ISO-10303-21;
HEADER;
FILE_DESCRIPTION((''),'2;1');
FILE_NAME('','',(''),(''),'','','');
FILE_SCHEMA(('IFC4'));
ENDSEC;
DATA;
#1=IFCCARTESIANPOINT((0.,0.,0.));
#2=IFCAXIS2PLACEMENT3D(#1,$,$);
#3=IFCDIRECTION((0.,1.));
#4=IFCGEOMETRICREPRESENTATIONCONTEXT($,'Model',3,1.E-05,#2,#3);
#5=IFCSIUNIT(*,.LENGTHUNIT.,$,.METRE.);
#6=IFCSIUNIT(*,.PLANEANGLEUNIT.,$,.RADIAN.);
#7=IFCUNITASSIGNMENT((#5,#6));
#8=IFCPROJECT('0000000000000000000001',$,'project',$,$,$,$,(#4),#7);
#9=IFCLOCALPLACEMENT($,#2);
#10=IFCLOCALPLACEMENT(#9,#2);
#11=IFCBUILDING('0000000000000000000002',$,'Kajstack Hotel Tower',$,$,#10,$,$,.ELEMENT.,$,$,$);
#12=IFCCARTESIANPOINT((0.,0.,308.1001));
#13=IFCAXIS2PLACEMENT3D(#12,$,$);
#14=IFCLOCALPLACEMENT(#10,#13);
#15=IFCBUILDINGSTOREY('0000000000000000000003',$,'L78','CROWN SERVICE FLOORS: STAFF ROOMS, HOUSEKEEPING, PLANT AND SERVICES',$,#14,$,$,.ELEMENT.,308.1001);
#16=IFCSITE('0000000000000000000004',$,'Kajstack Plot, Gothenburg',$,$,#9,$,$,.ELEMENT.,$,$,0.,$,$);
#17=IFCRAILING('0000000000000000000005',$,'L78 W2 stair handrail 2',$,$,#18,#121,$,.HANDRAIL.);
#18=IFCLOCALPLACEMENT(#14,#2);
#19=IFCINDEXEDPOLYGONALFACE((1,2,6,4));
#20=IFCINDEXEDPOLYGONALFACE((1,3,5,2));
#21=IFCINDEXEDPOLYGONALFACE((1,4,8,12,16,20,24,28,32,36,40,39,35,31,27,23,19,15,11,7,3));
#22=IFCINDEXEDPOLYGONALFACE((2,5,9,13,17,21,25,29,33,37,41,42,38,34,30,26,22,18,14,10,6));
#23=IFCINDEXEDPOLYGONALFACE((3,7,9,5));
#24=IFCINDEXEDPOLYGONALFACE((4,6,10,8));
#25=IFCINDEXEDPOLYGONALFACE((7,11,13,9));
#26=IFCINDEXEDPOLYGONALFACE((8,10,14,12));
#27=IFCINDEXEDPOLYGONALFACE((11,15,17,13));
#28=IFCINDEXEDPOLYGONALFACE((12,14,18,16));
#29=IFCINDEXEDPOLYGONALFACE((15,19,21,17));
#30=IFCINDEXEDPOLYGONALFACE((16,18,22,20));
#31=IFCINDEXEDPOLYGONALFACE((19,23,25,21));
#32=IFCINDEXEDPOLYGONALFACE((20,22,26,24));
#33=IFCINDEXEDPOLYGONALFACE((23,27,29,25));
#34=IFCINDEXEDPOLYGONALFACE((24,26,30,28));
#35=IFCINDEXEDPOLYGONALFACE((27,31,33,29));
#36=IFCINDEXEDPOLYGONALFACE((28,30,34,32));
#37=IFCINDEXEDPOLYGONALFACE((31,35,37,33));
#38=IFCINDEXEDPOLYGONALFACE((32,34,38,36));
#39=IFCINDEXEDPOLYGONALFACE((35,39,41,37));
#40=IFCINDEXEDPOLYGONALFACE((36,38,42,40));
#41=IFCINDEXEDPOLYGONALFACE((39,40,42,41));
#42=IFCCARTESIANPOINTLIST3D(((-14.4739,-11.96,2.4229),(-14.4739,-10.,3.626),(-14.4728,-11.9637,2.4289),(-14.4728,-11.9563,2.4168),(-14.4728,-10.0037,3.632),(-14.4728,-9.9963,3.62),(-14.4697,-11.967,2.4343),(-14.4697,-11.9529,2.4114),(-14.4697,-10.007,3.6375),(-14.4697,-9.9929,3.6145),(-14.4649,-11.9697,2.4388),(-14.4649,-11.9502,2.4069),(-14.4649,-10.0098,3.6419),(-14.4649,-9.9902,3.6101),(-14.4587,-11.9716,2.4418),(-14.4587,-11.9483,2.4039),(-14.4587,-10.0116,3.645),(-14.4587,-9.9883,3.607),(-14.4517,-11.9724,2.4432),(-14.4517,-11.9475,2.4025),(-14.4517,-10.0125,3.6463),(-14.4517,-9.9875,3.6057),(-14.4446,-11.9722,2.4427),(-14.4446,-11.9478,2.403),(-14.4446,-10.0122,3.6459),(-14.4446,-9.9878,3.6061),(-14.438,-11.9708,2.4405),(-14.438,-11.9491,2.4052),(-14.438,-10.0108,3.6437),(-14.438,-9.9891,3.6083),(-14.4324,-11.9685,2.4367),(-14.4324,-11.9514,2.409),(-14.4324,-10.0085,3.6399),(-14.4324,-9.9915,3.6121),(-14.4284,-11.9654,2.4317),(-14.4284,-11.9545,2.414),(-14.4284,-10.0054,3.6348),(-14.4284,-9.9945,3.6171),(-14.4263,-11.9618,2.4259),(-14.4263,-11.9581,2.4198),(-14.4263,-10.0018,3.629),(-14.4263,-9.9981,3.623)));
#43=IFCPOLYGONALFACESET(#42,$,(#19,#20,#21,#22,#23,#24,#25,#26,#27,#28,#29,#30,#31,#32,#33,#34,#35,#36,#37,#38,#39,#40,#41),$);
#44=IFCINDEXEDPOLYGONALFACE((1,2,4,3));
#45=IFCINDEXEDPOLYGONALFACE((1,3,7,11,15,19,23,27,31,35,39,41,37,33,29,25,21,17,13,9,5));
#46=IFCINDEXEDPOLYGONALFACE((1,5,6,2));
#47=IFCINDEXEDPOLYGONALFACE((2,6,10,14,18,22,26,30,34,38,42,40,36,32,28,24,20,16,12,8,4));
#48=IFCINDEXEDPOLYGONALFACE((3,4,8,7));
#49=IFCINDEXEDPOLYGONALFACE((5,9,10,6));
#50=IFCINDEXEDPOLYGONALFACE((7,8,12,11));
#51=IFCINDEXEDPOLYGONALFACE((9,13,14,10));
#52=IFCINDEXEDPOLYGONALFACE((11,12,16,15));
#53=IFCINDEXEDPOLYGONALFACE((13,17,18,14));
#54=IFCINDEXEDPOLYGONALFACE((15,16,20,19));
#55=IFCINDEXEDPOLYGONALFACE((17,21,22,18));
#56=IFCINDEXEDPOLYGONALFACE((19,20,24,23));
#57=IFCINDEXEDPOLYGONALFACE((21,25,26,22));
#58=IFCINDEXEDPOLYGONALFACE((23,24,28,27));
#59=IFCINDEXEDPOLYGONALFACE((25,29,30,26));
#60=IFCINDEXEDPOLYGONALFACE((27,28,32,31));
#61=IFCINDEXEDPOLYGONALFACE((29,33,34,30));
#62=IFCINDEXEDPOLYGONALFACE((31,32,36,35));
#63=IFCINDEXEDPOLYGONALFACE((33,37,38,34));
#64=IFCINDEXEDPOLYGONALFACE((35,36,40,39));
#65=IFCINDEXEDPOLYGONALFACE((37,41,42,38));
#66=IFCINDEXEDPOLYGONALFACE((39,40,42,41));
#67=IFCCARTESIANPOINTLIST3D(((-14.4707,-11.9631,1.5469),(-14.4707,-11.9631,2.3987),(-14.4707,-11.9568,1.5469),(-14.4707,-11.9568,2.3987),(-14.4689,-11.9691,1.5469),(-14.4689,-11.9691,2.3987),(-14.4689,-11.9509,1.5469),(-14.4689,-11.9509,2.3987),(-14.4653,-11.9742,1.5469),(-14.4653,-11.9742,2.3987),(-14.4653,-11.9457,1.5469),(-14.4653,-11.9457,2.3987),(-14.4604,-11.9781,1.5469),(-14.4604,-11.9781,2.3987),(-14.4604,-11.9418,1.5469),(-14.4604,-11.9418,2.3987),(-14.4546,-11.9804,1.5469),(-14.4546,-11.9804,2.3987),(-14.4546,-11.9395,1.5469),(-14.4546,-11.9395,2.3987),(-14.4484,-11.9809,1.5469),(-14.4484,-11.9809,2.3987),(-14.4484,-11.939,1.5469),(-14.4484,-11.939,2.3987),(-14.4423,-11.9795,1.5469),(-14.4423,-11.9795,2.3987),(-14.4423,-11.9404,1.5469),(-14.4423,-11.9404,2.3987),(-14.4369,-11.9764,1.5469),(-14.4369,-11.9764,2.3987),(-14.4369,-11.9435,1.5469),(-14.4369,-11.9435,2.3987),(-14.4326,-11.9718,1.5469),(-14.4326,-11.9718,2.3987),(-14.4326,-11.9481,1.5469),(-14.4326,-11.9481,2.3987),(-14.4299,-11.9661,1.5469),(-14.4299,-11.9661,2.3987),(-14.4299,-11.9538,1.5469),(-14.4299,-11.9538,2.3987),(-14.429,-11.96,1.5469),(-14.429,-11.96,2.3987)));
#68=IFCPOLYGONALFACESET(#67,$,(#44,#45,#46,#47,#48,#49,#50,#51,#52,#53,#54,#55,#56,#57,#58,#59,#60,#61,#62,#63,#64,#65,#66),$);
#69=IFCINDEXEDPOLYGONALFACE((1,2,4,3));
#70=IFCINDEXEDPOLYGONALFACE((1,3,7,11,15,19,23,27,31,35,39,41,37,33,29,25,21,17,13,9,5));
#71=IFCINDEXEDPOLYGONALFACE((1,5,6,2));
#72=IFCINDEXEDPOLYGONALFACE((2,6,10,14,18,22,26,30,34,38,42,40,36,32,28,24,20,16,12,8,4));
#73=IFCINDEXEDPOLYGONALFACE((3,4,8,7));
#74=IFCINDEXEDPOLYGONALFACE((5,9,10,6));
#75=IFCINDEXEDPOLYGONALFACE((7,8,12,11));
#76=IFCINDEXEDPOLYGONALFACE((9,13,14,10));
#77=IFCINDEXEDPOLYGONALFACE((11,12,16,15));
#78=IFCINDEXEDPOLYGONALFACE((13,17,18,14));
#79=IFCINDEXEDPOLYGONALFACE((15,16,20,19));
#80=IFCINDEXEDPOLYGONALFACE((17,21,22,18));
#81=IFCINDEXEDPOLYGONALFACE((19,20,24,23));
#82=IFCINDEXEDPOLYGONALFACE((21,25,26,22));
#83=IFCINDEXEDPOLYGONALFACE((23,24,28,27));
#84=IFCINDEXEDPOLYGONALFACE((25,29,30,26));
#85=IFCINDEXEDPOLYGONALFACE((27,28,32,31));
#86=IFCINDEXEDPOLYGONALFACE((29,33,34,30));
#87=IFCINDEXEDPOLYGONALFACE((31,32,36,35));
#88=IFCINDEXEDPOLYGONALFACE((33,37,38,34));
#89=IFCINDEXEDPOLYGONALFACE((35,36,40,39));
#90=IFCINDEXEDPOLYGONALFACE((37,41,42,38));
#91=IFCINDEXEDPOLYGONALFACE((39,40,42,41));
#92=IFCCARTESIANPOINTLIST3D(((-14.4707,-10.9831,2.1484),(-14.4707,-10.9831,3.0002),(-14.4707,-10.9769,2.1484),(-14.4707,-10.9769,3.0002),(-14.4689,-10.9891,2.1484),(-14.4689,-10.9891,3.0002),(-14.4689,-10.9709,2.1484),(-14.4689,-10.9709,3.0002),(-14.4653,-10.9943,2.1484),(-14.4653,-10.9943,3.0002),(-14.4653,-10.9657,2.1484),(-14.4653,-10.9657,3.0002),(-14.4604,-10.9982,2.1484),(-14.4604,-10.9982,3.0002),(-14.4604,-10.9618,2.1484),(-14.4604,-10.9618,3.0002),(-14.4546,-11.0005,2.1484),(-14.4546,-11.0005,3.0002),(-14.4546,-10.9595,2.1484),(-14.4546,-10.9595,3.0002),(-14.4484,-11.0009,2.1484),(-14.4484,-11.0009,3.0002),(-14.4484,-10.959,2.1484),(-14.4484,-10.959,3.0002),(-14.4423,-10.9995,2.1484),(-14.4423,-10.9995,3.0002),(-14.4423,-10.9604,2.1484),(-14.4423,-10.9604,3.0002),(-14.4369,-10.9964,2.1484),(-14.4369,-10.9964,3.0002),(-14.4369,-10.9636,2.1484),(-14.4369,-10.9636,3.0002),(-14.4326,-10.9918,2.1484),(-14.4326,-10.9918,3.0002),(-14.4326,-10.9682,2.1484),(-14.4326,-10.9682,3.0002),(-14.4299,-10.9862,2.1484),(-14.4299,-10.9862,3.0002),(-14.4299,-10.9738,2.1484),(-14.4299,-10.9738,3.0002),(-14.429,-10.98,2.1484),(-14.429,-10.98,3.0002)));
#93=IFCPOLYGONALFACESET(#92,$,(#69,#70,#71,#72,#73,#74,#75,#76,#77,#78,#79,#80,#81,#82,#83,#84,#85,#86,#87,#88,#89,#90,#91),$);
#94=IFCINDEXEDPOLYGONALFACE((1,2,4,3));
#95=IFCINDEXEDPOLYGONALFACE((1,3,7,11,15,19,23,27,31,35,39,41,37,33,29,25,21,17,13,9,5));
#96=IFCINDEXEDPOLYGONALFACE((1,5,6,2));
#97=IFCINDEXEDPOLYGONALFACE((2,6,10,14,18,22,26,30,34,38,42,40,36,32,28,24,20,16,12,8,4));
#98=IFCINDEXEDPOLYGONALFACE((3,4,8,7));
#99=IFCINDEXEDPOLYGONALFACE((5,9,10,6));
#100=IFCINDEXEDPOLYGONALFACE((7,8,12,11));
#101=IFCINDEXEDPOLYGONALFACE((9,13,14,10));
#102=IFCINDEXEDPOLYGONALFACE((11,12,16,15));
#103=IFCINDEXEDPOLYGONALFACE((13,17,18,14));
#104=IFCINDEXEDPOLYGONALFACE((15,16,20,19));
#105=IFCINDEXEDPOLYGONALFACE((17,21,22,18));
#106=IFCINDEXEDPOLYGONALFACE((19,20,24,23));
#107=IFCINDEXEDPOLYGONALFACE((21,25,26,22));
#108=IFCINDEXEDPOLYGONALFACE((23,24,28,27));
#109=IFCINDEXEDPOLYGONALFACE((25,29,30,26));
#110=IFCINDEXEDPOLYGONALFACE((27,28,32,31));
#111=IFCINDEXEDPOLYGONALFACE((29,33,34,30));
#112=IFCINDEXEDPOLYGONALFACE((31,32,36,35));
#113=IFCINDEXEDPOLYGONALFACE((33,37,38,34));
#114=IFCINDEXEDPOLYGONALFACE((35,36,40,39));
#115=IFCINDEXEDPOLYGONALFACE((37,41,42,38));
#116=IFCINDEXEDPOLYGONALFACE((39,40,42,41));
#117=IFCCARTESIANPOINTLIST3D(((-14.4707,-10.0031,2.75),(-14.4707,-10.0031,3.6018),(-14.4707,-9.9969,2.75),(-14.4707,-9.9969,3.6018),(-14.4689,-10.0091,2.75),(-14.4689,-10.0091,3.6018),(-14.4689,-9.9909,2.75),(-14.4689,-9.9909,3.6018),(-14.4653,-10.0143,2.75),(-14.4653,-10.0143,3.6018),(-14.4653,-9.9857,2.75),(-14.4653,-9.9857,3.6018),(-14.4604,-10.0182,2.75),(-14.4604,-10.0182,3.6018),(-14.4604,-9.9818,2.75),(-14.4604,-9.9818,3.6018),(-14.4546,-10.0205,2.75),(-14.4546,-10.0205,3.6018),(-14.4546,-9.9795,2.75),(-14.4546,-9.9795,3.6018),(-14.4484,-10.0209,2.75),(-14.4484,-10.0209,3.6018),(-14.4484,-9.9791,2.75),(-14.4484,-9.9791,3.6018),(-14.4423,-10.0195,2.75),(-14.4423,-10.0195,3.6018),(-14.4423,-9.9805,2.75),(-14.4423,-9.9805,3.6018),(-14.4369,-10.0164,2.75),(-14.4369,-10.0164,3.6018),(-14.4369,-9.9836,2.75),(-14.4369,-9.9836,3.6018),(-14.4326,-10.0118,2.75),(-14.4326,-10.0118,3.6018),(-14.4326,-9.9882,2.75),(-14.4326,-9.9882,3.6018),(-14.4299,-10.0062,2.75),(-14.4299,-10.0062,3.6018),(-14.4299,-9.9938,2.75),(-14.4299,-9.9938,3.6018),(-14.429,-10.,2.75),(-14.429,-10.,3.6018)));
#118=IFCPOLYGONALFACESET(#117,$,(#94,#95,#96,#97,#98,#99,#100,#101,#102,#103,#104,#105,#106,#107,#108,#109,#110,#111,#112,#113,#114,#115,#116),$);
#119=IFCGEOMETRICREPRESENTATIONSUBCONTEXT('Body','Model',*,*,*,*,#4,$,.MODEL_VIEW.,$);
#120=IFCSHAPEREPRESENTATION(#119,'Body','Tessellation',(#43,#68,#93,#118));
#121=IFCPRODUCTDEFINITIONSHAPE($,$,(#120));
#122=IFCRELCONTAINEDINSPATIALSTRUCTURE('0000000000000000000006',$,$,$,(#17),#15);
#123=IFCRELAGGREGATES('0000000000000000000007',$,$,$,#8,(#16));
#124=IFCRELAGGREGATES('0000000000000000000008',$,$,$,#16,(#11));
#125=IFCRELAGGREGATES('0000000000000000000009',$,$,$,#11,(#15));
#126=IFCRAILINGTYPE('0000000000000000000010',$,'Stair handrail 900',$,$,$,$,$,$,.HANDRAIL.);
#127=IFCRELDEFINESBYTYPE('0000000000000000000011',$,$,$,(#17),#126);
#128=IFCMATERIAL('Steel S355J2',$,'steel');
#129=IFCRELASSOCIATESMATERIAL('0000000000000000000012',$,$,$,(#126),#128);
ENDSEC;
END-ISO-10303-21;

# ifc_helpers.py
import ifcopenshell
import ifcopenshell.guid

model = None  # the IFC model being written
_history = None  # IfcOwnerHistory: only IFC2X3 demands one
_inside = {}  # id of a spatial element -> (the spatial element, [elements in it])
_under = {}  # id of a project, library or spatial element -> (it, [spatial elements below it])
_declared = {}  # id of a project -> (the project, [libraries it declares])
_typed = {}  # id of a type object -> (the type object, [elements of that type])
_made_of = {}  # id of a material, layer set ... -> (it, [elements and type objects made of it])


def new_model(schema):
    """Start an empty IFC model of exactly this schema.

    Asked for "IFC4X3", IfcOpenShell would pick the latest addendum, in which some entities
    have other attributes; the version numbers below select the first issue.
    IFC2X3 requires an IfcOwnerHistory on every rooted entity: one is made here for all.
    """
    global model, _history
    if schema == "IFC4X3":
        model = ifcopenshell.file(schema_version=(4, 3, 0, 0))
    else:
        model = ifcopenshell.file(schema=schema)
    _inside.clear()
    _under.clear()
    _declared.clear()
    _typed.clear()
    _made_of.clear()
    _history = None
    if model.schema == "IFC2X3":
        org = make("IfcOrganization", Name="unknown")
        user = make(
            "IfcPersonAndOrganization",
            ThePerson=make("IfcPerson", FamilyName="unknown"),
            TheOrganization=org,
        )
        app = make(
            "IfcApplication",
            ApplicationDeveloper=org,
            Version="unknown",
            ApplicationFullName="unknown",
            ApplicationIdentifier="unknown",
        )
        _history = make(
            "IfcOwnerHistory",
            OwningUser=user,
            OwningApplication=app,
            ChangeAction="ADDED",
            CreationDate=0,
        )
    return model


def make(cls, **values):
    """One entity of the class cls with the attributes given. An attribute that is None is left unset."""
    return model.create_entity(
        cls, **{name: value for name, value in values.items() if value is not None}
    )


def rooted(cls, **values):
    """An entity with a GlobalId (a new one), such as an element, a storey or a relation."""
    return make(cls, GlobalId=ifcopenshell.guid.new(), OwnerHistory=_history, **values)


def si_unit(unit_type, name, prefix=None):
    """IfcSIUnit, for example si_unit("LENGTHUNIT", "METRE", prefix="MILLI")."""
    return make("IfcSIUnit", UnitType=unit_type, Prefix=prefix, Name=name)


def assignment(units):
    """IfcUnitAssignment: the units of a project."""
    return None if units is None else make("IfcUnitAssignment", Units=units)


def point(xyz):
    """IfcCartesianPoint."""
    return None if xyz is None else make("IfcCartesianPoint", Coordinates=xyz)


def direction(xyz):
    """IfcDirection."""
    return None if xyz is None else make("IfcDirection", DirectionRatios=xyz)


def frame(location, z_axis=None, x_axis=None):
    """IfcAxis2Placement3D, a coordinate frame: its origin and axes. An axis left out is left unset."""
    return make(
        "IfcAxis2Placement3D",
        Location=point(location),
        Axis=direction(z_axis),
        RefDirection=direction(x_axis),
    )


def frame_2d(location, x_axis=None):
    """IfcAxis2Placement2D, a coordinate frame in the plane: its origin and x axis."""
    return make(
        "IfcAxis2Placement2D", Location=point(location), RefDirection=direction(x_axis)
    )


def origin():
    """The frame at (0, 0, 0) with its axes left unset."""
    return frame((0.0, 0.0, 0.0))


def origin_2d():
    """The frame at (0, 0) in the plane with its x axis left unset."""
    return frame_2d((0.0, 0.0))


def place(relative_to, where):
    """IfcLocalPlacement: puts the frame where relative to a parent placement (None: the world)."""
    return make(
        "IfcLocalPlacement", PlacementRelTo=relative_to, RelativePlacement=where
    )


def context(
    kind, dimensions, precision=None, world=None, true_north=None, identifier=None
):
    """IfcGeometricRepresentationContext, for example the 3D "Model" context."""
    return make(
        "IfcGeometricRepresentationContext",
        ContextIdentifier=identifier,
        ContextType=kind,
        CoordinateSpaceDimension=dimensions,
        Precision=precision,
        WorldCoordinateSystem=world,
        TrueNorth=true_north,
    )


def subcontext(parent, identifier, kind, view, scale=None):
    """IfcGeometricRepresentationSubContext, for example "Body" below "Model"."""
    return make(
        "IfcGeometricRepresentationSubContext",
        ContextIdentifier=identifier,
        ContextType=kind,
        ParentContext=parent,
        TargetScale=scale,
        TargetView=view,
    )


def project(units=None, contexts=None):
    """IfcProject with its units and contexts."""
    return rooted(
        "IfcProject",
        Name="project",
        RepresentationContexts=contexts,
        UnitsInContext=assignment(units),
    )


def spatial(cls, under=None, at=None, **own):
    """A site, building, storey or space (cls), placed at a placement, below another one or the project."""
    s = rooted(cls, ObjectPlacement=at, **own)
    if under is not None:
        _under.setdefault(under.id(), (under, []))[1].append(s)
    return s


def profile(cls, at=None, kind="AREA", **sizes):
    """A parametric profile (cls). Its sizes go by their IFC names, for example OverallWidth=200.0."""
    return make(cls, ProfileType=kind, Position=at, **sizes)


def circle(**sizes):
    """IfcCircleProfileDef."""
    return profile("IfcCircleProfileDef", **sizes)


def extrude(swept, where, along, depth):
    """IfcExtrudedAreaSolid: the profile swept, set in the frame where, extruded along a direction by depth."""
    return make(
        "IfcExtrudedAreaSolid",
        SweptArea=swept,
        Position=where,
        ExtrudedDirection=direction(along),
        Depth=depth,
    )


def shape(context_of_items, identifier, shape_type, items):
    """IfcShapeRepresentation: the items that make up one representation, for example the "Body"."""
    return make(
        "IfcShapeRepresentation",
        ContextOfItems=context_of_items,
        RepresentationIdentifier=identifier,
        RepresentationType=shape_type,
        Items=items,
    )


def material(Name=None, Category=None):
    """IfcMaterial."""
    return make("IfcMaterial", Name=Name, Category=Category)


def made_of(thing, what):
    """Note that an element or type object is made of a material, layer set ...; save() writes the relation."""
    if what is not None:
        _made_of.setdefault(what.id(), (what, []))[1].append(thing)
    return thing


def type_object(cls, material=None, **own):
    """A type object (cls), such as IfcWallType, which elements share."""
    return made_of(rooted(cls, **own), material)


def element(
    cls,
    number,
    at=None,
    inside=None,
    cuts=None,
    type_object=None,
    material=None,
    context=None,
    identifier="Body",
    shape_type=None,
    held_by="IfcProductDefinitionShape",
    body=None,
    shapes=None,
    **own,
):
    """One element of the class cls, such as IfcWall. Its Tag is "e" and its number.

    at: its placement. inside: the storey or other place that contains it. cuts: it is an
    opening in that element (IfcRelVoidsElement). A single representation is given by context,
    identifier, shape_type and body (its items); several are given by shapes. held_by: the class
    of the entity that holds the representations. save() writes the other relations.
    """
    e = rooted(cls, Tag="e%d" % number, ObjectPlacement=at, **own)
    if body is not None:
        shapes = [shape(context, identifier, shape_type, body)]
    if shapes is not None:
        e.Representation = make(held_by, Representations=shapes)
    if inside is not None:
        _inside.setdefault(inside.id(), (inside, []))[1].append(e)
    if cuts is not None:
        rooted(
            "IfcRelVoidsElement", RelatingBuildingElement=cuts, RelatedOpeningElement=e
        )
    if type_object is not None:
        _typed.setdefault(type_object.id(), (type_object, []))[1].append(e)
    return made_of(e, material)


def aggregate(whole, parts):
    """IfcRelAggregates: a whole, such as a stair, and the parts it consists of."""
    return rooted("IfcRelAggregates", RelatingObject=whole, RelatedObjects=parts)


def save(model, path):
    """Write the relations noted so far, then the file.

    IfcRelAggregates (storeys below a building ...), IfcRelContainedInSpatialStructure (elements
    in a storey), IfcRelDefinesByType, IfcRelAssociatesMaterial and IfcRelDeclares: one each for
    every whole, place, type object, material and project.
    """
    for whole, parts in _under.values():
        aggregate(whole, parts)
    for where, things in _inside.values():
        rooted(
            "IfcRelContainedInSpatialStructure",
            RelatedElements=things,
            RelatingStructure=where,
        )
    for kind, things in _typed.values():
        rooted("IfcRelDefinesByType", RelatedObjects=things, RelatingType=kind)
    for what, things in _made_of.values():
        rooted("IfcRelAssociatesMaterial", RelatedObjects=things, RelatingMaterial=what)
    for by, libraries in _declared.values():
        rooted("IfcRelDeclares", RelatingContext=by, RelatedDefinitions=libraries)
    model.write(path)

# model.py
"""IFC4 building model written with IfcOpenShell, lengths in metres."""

from ifc_helpers import new_model, si_unit, direction, frame, origin, origin_2d, place, context, subcontext, project, spatial, circle, extrude, material, type_object, element, save


model = new_model("IFC4")

# Units and contexts
model_context = context("Model", 3, precision=1e-05, world=origin(), true_north=direction((0.0, 1.0)))
body_context = subcontext(model_context, "Body", "Model", "MODEL_VIEW")
ifc_project = project(units=[si_unit("LENGTHUNIT", "METRE"), si_unit("PLANEANGLEUNIT", "RADIAN")], contexts=[model_context])

# Site, building, storey
site_placement = place(None, origin())
site = spatial("IfcSite", under=ifc_project, at=site_placement, Name="Kajstack Plot, Gothenburg", CompositionType="ELEMENT", RefElevation=0.0)
building_placement = place(site_placement, origin())
building = spatial("IfcBuilding", under=site, at=building_placement, Name="Kajstack Hotel Tower", CompositionType="ELEMENT")
storey_placement = place(building_placement, frame((0.0, 0.0, 308.1001)))
storey = spatial("IfcBuildingStorey", under=building, at=storey_placement, Name="L78", Description="CROWN SERVICE FLOORS: STAFF ROOMS, HOUSEKEEPING, PLANT AND SERVICES", CompositionType="ELEMENT", Elevation=308.1001)

# Shared definitions
ifc_material_1 = material(Name="Steel S355J2", Category="steel")

# Railing
railing_type_1 = type_object("IfcRailingType", Name="Stair handrail 900", PredefinedType="HANDRAIL", material=ifc_material_1)
railing_1_placement = place(storey_placement, frame((-14.45, -11.96, 1.5469)))
element("IfcRailing", 1, at=railing_1_placement, inside=storey, type_object=railing_type_1, Name="L78 W2 stair handrail 2", PredefinedType="HANDRAIL", context=body_context, shape_type="SweptSolid", body=[
    extrude(circle(Radius=0.0239, at=origin_2d()), frame((0.0, 0.0, 0.876), z_axis=(0.0, 0.852241, 0.523149), x_axis=(-1.0, 0.0, 0.0)), (0.0, 0.0, 1.0), 2.2998),
    extrude(circle(Radius=0.021, at=origin_2d()), origin(), (0.0, 0.0, 1.0), 0.8518),
    extrude(circle(Radius=0.021, at=origin_2d()), frame((0.0, 0.98, 0.6016)), (0.0, 0.0, 1.0), 0.8518),
    extrude(circle(Radius=0.021, at=origin_2d()), frame((0.0, 1.96, 1.2031)), (0.0, 0.0, 1.0), 0.8518),
])

save(model, "model.ifc")
